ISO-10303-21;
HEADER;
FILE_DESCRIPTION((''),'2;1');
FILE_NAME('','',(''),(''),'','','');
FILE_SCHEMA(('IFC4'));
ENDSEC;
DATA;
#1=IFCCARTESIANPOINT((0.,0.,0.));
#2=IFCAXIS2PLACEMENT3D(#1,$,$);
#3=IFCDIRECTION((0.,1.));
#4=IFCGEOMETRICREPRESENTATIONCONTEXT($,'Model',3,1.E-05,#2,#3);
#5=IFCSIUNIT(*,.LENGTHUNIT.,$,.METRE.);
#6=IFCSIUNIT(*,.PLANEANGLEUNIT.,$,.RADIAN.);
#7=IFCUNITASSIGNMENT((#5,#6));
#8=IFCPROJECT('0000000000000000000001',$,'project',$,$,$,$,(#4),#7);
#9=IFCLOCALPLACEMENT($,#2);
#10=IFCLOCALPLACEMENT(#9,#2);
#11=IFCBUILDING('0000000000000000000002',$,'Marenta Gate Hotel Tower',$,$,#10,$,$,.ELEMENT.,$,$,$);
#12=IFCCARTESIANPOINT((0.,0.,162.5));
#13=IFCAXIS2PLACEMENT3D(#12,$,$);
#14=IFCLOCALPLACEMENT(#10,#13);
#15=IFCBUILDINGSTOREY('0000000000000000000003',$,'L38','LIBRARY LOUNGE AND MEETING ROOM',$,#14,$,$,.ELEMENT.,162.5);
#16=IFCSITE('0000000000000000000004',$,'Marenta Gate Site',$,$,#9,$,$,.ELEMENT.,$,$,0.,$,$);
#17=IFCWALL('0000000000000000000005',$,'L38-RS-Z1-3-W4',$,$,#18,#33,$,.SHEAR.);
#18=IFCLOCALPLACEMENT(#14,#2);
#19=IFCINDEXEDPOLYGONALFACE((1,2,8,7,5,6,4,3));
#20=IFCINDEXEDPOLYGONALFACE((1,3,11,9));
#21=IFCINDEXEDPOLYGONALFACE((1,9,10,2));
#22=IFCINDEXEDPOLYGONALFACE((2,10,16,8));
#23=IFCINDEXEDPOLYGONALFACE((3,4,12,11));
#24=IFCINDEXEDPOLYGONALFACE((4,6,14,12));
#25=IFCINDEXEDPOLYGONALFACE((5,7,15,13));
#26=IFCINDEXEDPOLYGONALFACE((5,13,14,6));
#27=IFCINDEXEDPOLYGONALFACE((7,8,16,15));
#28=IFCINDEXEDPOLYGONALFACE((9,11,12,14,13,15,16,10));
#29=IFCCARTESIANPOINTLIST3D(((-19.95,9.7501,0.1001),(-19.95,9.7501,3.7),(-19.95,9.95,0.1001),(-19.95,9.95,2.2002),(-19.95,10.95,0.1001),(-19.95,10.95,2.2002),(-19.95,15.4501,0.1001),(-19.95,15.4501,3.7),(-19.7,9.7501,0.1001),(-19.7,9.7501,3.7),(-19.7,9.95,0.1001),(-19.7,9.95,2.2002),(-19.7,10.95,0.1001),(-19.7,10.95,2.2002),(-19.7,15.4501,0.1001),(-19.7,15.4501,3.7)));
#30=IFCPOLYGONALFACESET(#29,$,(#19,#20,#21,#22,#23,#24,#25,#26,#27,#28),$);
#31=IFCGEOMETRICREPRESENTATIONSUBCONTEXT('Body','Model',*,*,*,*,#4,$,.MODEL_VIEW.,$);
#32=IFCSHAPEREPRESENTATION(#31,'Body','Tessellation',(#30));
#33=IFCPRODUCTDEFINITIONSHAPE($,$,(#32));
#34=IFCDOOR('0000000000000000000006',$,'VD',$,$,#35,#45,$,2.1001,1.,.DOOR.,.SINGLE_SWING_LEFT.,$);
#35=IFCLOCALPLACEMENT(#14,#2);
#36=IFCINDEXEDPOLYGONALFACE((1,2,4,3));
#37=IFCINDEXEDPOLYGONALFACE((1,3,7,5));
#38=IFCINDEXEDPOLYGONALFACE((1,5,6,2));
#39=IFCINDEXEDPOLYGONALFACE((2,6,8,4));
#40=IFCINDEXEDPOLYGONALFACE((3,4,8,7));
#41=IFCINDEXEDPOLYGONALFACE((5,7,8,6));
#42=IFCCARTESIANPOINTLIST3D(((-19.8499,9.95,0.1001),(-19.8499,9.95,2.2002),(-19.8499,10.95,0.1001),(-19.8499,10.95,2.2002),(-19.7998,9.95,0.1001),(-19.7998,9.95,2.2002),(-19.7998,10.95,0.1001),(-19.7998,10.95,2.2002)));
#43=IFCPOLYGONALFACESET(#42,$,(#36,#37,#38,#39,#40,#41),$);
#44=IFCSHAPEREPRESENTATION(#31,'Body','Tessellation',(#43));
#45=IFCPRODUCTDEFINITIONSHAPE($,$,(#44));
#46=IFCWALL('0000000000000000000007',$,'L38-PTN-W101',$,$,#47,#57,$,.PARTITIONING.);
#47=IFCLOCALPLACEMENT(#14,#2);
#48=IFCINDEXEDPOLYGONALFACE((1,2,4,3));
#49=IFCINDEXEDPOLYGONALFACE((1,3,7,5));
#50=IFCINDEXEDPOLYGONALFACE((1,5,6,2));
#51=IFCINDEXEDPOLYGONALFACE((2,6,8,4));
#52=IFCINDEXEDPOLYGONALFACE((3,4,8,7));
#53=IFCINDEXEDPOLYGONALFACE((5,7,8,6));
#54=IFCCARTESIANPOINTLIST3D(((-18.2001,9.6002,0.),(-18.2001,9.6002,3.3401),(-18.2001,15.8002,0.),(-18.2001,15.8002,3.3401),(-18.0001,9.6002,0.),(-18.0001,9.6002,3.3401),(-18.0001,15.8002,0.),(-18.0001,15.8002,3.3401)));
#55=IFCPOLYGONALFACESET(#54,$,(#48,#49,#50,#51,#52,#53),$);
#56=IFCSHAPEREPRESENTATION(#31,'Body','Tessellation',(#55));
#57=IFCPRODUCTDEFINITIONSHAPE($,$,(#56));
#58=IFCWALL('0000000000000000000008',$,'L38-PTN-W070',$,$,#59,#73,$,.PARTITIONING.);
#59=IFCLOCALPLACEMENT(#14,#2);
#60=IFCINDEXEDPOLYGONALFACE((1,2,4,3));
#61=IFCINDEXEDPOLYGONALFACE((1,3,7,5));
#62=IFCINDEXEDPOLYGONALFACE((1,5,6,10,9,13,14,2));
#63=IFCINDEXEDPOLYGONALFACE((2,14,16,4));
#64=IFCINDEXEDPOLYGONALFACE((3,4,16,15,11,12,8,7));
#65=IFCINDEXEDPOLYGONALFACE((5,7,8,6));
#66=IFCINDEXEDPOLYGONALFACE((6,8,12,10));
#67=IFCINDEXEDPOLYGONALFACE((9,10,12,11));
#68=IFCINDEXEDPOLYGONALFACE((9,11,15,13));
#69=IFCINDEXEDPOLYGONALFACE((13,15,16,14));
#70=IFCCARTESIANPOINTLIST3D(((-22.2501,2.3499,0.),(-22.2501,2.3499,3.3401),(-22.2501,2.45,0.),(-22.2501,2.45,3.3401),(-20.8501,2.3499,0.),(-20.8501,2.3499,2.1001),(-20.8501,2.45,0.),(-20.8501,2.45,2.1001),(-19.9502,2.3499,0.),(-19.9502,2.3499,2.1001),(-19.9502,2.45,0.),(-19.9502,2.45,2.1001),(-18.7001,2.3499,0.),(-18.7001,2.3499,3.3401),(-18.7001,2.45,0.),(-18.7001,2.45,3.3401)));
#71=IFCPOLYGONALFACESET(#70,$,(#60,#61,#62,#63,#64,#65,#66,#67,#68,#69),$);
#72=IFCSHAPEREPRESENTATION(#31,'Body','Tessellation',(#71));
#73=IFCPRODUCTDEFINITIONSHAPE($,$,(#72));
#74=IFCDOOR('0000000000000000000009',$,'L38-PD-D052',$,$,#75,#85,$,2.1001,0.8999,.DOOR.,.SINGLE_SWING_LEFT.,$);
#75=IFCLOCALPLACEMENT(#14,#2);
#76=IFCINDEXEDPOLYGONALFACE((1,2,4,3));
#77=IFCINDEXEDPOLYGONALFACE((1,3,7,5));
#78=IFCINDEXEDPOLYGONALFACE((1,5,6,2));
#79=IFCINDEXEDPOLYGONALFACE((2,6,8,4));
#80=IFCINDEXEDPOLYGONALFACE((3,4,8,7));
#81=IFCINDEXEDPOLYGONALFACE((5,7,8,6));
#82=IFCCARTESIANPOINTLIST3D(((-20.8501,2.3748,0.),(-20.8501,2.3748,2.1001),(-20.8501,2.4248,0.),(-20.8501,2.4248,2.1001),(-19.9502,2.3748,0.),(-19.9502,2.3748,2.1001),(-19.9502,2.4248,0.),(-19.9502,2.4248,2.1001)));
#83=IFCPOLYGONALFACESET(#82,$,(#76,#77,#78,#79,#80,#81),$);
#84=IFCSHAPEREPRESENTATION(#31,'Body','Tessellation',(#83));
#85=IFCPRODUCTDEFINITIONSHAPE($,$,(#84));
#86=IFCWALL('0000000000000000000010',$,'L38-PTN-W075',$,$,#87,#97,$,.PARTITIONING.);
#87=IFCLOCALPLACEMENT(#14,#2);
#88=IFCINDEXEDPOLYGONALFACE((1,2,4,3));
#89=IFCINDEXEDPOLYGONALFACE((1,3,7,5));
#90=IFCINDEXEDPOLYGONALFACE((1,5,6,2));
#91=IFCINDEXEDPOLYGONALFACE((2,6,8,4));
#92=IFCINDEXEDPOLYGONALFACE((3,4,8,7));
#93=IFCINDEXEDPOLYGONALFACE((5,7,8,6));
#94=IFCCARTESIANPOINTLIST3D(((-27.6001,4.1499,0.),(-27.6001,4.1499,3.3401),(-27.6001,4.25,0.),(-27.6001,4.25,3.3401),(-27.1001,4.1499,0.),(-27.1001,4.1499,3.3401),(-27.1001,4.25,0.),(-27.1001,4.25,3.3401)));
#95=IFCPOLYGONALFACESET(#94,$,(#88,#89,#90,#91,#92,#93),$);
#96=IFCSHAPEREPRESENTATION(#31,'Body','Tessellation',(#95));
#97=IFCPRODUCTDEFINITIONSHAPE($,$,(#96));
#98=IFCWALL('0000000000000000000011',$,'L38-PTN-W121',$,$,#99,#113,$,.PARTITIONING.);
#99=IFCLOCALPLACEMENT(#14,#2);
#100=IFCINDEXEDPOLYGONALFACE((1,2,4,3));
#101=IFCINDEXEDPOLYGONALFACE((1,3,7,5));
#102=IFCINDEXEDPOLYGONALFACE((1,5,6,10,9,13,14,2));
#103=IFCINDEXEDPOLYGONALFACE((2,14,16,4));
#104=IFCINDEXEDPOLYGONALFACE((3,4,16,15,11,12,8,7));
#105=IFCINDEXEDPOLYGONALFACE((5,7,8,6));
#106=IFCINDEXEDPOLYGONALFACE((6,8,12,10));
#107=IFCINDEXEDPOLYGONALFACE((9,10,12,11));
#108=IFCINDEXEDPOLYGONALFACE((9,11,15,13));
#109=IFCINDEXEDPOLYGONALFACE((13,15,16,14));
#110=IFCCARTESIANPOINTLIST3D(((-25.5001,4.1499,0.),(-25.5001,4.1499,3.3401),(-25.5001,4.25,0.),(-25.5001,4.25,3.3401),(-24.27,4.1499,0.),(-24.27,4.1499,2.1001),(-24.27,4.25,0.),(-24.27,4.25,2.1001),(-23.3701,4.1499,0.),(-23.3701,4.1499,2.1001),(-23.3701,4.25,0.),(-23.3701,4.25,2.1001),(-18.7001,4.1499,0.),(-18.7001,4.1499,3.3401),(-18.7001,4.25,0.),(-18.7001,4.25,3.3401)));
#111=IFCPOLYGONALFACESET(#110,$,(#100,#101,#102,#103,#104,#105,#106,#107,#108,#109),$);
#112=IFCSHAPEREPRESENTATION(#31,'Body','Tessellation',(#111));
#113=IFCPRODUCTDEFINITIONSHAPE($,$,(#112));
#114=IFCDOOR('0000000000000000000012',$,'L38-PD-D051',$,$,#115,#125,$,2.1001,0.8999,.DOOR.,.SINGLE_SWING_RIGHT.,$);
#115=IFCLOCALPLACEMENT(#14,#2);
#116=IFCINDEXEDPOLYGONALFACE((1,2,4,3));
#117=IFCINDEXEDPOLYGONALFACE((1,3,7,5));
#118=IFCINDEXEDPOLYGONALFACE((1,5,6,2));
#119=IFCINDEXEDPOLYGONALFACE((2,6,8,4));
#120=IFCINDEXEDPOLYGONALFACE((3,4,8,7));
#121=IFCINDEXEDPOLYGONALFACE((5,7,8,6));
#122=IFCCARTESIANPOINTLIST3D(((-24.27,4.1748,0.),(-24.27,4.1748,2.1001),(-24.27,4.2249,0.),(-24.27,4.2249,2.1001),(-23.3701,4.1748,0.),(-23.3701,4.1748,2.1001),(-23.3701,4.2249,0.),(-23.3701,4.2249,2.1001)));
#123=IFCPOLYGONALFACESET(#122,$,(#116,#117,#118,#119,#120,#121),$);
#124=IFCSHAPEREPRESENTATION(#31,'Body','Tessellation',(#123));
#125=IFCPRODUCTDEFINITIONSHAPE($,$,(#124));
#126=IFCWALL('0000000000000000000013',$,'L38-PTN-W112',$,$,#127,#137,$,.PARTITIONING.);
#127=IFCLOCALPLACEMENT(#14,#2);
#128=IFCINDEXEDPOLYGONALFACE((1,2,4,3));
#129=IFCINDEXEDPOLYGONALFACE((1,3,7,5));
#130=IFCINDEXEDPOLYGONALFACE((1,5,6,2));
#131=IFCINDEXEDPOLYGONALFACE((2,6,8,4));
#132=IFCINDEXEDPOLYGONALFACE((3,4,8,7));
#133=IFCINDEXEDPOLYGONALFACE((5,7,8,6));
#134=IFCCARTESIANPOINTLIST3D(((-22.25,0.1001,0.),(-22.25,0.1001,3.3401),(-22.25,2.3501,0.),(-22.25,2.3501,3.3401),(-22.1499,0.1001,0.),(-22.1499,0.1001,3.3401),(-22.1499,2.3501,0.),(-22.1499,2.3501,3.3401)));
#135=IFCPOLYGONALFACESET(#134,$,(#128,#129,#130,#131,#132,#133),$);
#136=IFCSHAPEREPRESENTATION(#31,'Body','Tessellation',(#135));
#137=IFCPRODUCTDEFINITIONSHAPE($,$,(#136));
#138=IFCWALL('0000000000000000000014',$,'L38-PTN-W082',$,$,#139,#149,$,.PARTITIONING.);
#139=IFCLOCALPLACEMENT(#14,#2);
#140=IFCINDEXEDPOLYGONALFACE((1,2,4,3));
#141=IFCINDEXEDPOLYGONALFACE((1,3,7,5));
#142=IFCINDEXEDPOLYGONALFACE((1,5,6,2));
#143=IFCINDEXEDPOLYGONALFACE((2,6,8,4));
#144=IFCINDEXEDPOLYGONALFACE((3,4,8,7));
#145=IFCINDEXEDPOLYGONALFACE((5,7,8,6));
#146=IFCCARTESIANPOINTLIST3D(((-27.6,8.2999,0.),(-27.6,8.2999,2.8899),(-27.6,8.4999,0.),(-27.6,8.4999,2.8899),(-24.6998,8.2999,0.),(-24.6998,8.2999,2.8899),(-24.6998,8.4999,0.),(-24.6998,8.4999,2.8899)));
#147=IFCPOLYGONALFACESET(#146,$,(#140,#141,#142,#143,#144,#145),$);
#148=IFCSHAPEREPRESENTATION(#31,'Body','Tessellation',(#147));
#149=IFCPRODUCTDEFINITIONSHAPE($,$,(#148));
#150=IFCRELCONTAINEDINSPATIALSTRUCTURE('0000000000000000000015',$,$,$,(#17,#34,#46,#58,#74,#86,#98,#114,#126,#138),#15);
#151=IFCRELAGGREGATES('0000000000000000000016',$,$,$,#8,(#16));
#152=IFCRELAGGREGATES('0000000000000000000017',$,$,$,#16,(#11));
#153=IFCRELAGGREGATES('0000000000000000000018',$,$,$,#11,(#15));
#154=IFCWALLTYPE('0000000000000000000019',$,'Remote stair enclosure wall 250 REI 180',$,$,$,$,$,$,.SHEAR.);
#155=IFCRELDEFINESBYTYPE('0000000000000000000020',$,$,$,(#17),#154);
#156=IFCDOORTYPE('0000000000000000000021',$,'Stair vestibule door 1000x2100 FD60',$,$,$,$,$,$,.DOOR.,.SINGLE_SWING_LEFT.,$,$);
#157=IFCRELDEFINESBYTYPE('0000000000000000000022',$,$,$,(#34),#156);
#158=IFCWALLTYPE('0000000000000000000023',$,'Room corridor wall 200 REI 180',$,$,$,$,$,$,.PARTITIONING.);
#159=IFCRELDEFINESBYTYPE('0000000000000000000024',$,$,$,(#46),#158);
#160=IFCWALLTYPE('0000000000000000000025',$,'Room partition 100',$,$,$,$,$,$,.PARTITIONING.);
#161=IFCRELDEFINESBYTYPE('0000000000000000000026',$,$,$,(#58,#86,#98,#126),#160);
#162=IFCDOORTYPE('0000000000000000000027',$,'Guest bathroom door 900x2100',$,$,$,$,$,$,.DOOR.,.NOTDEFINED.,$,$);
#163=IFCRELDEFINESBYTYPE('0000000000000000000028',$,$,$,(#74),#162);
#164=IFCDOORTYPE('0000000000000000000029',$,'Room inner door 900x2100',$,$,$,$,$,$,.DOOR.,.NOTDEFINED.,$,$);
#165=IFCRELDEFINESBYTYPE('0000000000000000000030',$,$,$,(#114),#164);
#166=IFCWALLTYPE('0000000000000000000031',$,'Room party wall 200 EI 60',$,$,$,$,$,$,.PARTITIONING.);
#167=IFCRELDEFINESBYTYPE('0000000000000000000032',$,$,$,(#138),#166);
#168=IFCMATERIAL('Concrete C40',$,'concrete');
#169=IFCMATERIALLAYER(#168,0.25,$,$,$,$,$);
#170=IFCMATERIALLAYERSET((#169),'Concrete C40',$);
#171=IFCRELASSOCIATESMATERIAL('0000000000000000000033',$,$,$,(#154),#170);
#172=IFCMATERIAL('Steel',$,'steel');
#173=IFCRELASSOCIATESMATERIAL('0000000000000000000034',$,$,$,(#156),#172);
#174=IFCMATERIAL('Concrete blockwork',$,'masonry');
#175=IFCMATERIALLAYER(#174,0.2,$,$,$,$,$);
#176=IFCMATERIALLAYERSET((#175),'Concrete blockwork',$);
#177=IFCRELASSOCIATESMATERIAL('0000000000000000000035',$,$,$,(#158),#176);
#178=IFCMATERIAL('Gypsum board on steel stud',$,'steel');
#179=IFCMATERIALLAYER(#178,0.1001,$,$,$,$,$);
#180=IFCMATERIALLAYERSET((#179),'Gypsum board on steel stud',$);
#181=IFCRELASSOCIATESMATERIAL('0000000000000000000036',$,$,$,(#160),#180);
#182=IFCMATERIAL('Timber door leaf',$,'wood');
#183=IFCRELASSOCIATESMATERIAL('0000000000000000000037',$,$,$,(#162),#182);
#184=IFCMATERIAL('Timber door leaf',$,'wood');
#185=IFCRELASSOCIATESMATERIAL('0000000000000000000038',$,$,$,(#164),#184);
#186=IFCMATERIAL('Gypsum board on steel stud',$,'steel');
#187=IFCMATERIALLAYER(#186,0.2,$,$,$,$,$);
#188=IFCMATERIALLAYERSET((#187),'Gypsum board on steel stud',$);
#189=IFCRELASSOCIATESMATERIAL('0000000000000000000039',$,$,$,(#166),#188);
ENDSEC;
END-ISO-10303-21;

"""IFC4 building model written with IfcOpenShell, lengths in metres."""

from ifc_helpers import new_model, si_unit, direction, frame, frame_2d, origin, place, context, subcontext, project, spatial, rectangle, extrude, material, layer, layer_set, type_object, element, fill, save


model = new_model("IFC4")

# Units and contexts
model_context = context("Model", 3, precision=1e-05, world=origin(), true_north=direction((0.0, 1.0)))
body_context = subcontext(model_context, "Body", "Model", "MODEL_VIEW")
ifc_project = project(units=[si_unit("LENGTHUNIT", "METRE"), si_unit("PLANEANGLEUNIT", "RADIAN")], contexts=[model_context])

# Site, building, storey
site_placement = place(None, origin())
site = spatial("IfcSite", under=ifc_project, at=site_placement, Name="Marenta Gate Site", CompositionType="ELEMENT", RefElevation=0.0)
building_placement = place(site_placement, origin())
building = spatial("IfcBuilding", under=site, at=building_placement, Name="Marenta Gate Hotel Tower", CompositionType="ELEMENT")
storey_placement = place(building_placement, frame((0.0, 0.0, 162.5)))
storey = spatial("IfcBuildingStorey", under=building, at=storey_placement, Name="L38", Description="LIBRARY LOUNGE AND MEETING ROOM", CompositionType="ELEMENT", Elevation=162.5)

# Shared definitions
ifc_material_1 = material(Name="Concrete C40", Category="concrete")
ifc_layer_1 = layer(ifc_material_1, 0.25)
ifc_layer_set_1 = layer_set([ifc_layer_1], Name="Concrete C40")
wall_type_1 = type_object("IfcWallType", Name="Remote stair enclosure wall 250 REI 180", PredefinedType="SHEAR", material=ifc_layer_set_1)

# Wall, opening, door
wall_1_placement = place(storey_placement, frame((-19.825, 9.75, 0.1001), z_axis=(0.0, 0.0, 1.0), x_axis=(0.0, 1.0, 0.0)))
wall_1 = element("IfcWall", 1, at=wall_1_placement, inside=storey, type_object=wall_type_1, Name="L38-RS-Z1-3-W4", PredefinedType="SHEAR", context=body_context, shape_type="SweptSolid", body=[
    extrude(rectangle(XDim=5.7, YDim=0.25, at=frame_2d((2.8501, 0.0))), origin(), (0.0, 0.0, 1.0), 3.5999),
])
opening_1_placement = place(wall_1_placement, frame((0.2, 0.0, 0.0)))
opening_1 = element("IfcOpeningElement", 2, at=opening_1_placement, cuts=wall_1, PredefinedType="OPENING", context=body_context, shape_type="SweptSolid", body=[
    extrude(rectangle(XDim=1.0, YDim=2.1001, at=frame_2d((0.5, 1.05))), frame((0.0, 0.125, 0.0), z_axis=(0.0, -1.0, 0.0), x_axis=(1.0, 0.0, 0.0)), (0.0, 0.0, 1.0), 0.25),
])
ifc_material_2 = material(Name="Steel", Category="steel")
door_type_1 = type_object("IfcDoorType", Name="Stair vestibule door 1000x2100 FD60", OperationType="SINGLE_SWING_LEFT", PredefinedType="DOOR", material=ifc_material_2)
door_1_placement = place(opening_1_placement, origin())
door_1 = element("IfcDoor", 3, at=door_1_placement, inside=storey, type_object=door_type_1, Name="VD", OperationType="SINGLE_SWING_LEFT", OverallHeight=2.1001, OverallWidth=1.0, PredefinedType="DOOR", context=body_context, shape_type="SweptSolid", body=[
    extrude(rectangle(XDim=1.0, YDim=2.1001, at=frame_2d((0.5, 1.05))), frame((0.0, 0.0249, 0.0), z_axis=(0.0, -1.0, 0.0), x_axis=(1.0, 0.0, 0.0)), (0.0, 0.0, 1.0), 0.05),
])
fill(opening_1, door_1)
ifc_material_3 = material(Name="Concrete blockwork", Category="masonry")
ifc_layer_2 = layer(ifc_material_3, 0.2)
ifc_layer_set_2 = layer_set([ifc_layer_2], Name="Concrete blockwork")
wall_type_2 = type_object("IfcWallType", Name="Room corridor wall 200 REI 180", PredefinedType="PARTITIONING", material=ifc_layer_set_2)

# Wall
wall_2_placement = place(storey_placement, frame((-18.1001, 9.6001, 0.0), z_axis=(0.0, 0.0, 1.0), x_axis=(0.0, 1.0, 0.0)))
element("IfcWall", 4, at=wall_2_placement, inside=storey, type_object=wall_type_2, Name="L38-PTN-W101", PredefinedType="PARTITIONING", context=body_context, shape_type="SweptSolid", body=[
    extrude(rectangle(XDim=6.2, YDim=0.2, at=frame_2d((3.1001, 0.0))), origin(), (0.0, 0.0, 1.0), 3.3401),
])

# Wall, opening, door
ifc_material_4 = material(Name="Gypsum board on steel stud", Category="steel")
ifc_layer_3 = layer(ifc_material_4, 0.1001)
ifc_layer_set_3 = layer_set([ifc_layer_3], Name="Gypsum board on steel stud")
wall_type_3 = type_object("IfcWallType", Name="Room partition 100", PredefinedType="PARTITIONING", material=ifc_layer_set_3)
wall_3_placement = place(storey_placement, frame((-22.25, 2.3999, 0.0), z_axis=(0.0, 0.0, 1.0), x_axis=(1.0, 0.0, 0.0)))
wall_3 = element("IfcWall", 5, at=wall_3_placement, inside=storey, type_object=wall_type_3, Name="L38-PTN-W070", PredefinedType="PARTITIONING", context=body_context, shape_type="SweptSolid", body=[
    extrude(rectangle(XDim=3.55, YDim=0.1001, at=frame_2d((1.7749, 0.0))), origin(), (0.0, 0.0, 1.0), 3.3401),
])
opening_2_placement = place(wall_3_placement, frame((1.3999, 0.0, 0.0)))
opening_2 = element("IfcOpeningElement", 6, at=opening_2_placement, cuts=wall_3, PredefinedType="OPENING", context=body_context, shape_type="SweptSolid", body=[
    extrude(rectangle(XDim=0.8999, YDim=2.1001, at=frame_2d((0.45, 1.05))), frame((0.0, 0.05, 0.0), z_axis=(0.0, -1.0, 0.0), x_axis=(1.0, 0.0, 0.0)), (0.0, 0.0, 1.0), 0.1001),
])
ifc_material_5 = material(Name="Timber door leaf", Category="wood")
door_type_2 = type_object("IfcDoorType", Name="Guest bathroom door 900x2100", OperationType="NOTDEFINED", PredefinedType="DOOR", material=ifc_material_5)
door_2_placement = place(opening_2_placement, origin())
door_2 = element("IfcDoor", 7, at=door_2_placement, inside=storey, type_object=door_type_2, Name="L38-PD-D052", OperationType="SINGLE_SWING_LEFT", OverallHeight=2.1001, OverallWidth=0.8999, PredefinedType="DOOR", context=body_context, shape_type="SweptSolid", body=[
    extrude(rectangle(XDim=0.8999, YDim=2.1001, at=frame_2d((0.45, 1.05))), frame((0.0, 0.0249, 0.0), z_axis=(0.0, -1.0, 0.0), x_axis=(1.0, 0.0, 0.0)), (0.0, 0.0, 1.0), 0.05),
])
fill(opening_2, door_2)

# Wall
wall_4_placement = place(storey_placement, frame((-27.6001, 4.2, 0.0), z_axis=(0.0, 0.0, 1.0), x_axis=(1.0, 0.0, 0.0)))
element("IfcWall", 8, at=wall_4_placement, inside=storey, type_object=wall_type_3, Name="L38-PTN-W075", PredefinedType="PARTITIONING", context=body_context, shape_type="SweptSolid", body=[
    extrude(rectangle(XDim=0.5, YDim=0.1001, at=frame_2d((0.25, 0.0))), origin(), (0.0, 0.0, 1.0), 3.3401),
])

# Wall, opening, door
wall_5_placement = place(storey_placement, frame((-25.5, 4.2, 0.0), z_axis=(0.0, 0.0, 1.0), x_axis=(1.0, 0.0, 0.0)))
wall_5 = element("IfcWall", 9, at=wall_5_placement, inside=storey, type_object=wall_type_3, Name="L38-PTN-W121", PredefinedType="PARTITIONING", context=body_context, shape_type="SweptSolid", body=[
    extrude(rectangle(XDim=6.8, YDim=0.1001, at=frame_2d((3.3999, 0.0))), origin(), (0.0, 0.0, 1.0), 3.3401),
])
opening_3_placement = place(wall_5_placement, frame((1.23, 0.0, 0.0)))
opening_3 = element("IfcOpeningElement", 10, at=opening_3_placement, cuts=wall_5, PredefinedType="OPENING", context=body_context, shape_type="SweptSolid", body=[
    extrude(rectangle(XDim=0.8999, YDim=2.1001, at=frame_2d((0.45, 1.05))), frame((0.0, 0.05, 0.0), z_axis=(0.0, -1.0, 0.0), x_axis=(1.0, 0.0, 0.0)), (0.0, 0.0, 1.0), 0.1001),
])
ifc_material_6 = material(Name="Timber door leaf", Category="wood")
door_type_3 = type_object("IfcDoorType", Name="Room inner door 900x2100", OperationType="NOTDEFINED", PredefinedType="DOOR", material=ifc_material_6)
door_3_placement = place(opening_3_placement, origin())
door_3 = element("IfcDoor", 11, at=door_3_placement, inside=storey, type_object=door_type_3, Name="L38-PD-D051", OperationType="SINGLE_SWING_RIGHT", OverallHeight=2.1001, OverallWidth=0.8999, PredefinedType="DOOR", context=body_context, shape_type="SweptSolid", body=[
    extrude(rectangle(XDim=0.8999, YDim=2.1001, at=frame_2d((0.45, 1.05))), frame((0.0, 0.0249, 0.0), z_axis=(0.0, -1.0, 0.0), x_axis=(1.0, 0.0, 0.0)), (0.0, 0.0, 1.0), 0.05),
])
fill(opening_3, door_3)

# Walls
wall_6_placement = place(storey_placement, frame((-22.2, 0.1001, 0.0), z_axis=(0.0, 0.0, 1.0), x_axis=(0.0, 1.0, 0.0)))
element("IfcWall", 12, at=wall_6_placement, inside=storey, type_object=wall_type_3, Name="L38-PTN-W112", PredefinedType="PARTITIONING", context=body_context, shape_type="SweptSolid", body=[
    extrude(rectangle(XDim=2.25, YDim=0.1001, at=frame_2d((1.125, 0.0))), origin(), (0.0, 0.0, 1.0), 3.3401),
])
ifc_material_7 = material(Name="Gypsum board on steel stud", Category="steel")
ifc_layer_4 = layer(ifc_material_7, 0.2)
ifc_layer_set_4 = layer_set([ifc_layer_4], Name="Gypsum board on steel stud")
wall_type_4 = type_object("IfcWallType", Name="Room party wall 200 EI 60", PredefinedType="PARTITIONING", material=ifc_layer_set_4)
wall_7_placement = place(storey_placement, frame((-27.6001, 8.3999, 0.0), z_axis=(0.0, 0.0, 1.0), x_axis=(1.0, 0.0, 0.0)))
element("IfcWall", 13, at=wall_7_placement, inside=storey, type_object=wall_type_4, Name="L38-PTN-W082", PredefinedType="PARTITIONING", context=body_context, shape_type="SweptSolid", body=[
    extrude(rectangle(XDim=2.9001, YDim=0.2, at=frame_2d((1.4502, 0.0))), origin(), (0.0, 0.0, 1.0), 2.8899),
])

save(model, "model.ifc")
